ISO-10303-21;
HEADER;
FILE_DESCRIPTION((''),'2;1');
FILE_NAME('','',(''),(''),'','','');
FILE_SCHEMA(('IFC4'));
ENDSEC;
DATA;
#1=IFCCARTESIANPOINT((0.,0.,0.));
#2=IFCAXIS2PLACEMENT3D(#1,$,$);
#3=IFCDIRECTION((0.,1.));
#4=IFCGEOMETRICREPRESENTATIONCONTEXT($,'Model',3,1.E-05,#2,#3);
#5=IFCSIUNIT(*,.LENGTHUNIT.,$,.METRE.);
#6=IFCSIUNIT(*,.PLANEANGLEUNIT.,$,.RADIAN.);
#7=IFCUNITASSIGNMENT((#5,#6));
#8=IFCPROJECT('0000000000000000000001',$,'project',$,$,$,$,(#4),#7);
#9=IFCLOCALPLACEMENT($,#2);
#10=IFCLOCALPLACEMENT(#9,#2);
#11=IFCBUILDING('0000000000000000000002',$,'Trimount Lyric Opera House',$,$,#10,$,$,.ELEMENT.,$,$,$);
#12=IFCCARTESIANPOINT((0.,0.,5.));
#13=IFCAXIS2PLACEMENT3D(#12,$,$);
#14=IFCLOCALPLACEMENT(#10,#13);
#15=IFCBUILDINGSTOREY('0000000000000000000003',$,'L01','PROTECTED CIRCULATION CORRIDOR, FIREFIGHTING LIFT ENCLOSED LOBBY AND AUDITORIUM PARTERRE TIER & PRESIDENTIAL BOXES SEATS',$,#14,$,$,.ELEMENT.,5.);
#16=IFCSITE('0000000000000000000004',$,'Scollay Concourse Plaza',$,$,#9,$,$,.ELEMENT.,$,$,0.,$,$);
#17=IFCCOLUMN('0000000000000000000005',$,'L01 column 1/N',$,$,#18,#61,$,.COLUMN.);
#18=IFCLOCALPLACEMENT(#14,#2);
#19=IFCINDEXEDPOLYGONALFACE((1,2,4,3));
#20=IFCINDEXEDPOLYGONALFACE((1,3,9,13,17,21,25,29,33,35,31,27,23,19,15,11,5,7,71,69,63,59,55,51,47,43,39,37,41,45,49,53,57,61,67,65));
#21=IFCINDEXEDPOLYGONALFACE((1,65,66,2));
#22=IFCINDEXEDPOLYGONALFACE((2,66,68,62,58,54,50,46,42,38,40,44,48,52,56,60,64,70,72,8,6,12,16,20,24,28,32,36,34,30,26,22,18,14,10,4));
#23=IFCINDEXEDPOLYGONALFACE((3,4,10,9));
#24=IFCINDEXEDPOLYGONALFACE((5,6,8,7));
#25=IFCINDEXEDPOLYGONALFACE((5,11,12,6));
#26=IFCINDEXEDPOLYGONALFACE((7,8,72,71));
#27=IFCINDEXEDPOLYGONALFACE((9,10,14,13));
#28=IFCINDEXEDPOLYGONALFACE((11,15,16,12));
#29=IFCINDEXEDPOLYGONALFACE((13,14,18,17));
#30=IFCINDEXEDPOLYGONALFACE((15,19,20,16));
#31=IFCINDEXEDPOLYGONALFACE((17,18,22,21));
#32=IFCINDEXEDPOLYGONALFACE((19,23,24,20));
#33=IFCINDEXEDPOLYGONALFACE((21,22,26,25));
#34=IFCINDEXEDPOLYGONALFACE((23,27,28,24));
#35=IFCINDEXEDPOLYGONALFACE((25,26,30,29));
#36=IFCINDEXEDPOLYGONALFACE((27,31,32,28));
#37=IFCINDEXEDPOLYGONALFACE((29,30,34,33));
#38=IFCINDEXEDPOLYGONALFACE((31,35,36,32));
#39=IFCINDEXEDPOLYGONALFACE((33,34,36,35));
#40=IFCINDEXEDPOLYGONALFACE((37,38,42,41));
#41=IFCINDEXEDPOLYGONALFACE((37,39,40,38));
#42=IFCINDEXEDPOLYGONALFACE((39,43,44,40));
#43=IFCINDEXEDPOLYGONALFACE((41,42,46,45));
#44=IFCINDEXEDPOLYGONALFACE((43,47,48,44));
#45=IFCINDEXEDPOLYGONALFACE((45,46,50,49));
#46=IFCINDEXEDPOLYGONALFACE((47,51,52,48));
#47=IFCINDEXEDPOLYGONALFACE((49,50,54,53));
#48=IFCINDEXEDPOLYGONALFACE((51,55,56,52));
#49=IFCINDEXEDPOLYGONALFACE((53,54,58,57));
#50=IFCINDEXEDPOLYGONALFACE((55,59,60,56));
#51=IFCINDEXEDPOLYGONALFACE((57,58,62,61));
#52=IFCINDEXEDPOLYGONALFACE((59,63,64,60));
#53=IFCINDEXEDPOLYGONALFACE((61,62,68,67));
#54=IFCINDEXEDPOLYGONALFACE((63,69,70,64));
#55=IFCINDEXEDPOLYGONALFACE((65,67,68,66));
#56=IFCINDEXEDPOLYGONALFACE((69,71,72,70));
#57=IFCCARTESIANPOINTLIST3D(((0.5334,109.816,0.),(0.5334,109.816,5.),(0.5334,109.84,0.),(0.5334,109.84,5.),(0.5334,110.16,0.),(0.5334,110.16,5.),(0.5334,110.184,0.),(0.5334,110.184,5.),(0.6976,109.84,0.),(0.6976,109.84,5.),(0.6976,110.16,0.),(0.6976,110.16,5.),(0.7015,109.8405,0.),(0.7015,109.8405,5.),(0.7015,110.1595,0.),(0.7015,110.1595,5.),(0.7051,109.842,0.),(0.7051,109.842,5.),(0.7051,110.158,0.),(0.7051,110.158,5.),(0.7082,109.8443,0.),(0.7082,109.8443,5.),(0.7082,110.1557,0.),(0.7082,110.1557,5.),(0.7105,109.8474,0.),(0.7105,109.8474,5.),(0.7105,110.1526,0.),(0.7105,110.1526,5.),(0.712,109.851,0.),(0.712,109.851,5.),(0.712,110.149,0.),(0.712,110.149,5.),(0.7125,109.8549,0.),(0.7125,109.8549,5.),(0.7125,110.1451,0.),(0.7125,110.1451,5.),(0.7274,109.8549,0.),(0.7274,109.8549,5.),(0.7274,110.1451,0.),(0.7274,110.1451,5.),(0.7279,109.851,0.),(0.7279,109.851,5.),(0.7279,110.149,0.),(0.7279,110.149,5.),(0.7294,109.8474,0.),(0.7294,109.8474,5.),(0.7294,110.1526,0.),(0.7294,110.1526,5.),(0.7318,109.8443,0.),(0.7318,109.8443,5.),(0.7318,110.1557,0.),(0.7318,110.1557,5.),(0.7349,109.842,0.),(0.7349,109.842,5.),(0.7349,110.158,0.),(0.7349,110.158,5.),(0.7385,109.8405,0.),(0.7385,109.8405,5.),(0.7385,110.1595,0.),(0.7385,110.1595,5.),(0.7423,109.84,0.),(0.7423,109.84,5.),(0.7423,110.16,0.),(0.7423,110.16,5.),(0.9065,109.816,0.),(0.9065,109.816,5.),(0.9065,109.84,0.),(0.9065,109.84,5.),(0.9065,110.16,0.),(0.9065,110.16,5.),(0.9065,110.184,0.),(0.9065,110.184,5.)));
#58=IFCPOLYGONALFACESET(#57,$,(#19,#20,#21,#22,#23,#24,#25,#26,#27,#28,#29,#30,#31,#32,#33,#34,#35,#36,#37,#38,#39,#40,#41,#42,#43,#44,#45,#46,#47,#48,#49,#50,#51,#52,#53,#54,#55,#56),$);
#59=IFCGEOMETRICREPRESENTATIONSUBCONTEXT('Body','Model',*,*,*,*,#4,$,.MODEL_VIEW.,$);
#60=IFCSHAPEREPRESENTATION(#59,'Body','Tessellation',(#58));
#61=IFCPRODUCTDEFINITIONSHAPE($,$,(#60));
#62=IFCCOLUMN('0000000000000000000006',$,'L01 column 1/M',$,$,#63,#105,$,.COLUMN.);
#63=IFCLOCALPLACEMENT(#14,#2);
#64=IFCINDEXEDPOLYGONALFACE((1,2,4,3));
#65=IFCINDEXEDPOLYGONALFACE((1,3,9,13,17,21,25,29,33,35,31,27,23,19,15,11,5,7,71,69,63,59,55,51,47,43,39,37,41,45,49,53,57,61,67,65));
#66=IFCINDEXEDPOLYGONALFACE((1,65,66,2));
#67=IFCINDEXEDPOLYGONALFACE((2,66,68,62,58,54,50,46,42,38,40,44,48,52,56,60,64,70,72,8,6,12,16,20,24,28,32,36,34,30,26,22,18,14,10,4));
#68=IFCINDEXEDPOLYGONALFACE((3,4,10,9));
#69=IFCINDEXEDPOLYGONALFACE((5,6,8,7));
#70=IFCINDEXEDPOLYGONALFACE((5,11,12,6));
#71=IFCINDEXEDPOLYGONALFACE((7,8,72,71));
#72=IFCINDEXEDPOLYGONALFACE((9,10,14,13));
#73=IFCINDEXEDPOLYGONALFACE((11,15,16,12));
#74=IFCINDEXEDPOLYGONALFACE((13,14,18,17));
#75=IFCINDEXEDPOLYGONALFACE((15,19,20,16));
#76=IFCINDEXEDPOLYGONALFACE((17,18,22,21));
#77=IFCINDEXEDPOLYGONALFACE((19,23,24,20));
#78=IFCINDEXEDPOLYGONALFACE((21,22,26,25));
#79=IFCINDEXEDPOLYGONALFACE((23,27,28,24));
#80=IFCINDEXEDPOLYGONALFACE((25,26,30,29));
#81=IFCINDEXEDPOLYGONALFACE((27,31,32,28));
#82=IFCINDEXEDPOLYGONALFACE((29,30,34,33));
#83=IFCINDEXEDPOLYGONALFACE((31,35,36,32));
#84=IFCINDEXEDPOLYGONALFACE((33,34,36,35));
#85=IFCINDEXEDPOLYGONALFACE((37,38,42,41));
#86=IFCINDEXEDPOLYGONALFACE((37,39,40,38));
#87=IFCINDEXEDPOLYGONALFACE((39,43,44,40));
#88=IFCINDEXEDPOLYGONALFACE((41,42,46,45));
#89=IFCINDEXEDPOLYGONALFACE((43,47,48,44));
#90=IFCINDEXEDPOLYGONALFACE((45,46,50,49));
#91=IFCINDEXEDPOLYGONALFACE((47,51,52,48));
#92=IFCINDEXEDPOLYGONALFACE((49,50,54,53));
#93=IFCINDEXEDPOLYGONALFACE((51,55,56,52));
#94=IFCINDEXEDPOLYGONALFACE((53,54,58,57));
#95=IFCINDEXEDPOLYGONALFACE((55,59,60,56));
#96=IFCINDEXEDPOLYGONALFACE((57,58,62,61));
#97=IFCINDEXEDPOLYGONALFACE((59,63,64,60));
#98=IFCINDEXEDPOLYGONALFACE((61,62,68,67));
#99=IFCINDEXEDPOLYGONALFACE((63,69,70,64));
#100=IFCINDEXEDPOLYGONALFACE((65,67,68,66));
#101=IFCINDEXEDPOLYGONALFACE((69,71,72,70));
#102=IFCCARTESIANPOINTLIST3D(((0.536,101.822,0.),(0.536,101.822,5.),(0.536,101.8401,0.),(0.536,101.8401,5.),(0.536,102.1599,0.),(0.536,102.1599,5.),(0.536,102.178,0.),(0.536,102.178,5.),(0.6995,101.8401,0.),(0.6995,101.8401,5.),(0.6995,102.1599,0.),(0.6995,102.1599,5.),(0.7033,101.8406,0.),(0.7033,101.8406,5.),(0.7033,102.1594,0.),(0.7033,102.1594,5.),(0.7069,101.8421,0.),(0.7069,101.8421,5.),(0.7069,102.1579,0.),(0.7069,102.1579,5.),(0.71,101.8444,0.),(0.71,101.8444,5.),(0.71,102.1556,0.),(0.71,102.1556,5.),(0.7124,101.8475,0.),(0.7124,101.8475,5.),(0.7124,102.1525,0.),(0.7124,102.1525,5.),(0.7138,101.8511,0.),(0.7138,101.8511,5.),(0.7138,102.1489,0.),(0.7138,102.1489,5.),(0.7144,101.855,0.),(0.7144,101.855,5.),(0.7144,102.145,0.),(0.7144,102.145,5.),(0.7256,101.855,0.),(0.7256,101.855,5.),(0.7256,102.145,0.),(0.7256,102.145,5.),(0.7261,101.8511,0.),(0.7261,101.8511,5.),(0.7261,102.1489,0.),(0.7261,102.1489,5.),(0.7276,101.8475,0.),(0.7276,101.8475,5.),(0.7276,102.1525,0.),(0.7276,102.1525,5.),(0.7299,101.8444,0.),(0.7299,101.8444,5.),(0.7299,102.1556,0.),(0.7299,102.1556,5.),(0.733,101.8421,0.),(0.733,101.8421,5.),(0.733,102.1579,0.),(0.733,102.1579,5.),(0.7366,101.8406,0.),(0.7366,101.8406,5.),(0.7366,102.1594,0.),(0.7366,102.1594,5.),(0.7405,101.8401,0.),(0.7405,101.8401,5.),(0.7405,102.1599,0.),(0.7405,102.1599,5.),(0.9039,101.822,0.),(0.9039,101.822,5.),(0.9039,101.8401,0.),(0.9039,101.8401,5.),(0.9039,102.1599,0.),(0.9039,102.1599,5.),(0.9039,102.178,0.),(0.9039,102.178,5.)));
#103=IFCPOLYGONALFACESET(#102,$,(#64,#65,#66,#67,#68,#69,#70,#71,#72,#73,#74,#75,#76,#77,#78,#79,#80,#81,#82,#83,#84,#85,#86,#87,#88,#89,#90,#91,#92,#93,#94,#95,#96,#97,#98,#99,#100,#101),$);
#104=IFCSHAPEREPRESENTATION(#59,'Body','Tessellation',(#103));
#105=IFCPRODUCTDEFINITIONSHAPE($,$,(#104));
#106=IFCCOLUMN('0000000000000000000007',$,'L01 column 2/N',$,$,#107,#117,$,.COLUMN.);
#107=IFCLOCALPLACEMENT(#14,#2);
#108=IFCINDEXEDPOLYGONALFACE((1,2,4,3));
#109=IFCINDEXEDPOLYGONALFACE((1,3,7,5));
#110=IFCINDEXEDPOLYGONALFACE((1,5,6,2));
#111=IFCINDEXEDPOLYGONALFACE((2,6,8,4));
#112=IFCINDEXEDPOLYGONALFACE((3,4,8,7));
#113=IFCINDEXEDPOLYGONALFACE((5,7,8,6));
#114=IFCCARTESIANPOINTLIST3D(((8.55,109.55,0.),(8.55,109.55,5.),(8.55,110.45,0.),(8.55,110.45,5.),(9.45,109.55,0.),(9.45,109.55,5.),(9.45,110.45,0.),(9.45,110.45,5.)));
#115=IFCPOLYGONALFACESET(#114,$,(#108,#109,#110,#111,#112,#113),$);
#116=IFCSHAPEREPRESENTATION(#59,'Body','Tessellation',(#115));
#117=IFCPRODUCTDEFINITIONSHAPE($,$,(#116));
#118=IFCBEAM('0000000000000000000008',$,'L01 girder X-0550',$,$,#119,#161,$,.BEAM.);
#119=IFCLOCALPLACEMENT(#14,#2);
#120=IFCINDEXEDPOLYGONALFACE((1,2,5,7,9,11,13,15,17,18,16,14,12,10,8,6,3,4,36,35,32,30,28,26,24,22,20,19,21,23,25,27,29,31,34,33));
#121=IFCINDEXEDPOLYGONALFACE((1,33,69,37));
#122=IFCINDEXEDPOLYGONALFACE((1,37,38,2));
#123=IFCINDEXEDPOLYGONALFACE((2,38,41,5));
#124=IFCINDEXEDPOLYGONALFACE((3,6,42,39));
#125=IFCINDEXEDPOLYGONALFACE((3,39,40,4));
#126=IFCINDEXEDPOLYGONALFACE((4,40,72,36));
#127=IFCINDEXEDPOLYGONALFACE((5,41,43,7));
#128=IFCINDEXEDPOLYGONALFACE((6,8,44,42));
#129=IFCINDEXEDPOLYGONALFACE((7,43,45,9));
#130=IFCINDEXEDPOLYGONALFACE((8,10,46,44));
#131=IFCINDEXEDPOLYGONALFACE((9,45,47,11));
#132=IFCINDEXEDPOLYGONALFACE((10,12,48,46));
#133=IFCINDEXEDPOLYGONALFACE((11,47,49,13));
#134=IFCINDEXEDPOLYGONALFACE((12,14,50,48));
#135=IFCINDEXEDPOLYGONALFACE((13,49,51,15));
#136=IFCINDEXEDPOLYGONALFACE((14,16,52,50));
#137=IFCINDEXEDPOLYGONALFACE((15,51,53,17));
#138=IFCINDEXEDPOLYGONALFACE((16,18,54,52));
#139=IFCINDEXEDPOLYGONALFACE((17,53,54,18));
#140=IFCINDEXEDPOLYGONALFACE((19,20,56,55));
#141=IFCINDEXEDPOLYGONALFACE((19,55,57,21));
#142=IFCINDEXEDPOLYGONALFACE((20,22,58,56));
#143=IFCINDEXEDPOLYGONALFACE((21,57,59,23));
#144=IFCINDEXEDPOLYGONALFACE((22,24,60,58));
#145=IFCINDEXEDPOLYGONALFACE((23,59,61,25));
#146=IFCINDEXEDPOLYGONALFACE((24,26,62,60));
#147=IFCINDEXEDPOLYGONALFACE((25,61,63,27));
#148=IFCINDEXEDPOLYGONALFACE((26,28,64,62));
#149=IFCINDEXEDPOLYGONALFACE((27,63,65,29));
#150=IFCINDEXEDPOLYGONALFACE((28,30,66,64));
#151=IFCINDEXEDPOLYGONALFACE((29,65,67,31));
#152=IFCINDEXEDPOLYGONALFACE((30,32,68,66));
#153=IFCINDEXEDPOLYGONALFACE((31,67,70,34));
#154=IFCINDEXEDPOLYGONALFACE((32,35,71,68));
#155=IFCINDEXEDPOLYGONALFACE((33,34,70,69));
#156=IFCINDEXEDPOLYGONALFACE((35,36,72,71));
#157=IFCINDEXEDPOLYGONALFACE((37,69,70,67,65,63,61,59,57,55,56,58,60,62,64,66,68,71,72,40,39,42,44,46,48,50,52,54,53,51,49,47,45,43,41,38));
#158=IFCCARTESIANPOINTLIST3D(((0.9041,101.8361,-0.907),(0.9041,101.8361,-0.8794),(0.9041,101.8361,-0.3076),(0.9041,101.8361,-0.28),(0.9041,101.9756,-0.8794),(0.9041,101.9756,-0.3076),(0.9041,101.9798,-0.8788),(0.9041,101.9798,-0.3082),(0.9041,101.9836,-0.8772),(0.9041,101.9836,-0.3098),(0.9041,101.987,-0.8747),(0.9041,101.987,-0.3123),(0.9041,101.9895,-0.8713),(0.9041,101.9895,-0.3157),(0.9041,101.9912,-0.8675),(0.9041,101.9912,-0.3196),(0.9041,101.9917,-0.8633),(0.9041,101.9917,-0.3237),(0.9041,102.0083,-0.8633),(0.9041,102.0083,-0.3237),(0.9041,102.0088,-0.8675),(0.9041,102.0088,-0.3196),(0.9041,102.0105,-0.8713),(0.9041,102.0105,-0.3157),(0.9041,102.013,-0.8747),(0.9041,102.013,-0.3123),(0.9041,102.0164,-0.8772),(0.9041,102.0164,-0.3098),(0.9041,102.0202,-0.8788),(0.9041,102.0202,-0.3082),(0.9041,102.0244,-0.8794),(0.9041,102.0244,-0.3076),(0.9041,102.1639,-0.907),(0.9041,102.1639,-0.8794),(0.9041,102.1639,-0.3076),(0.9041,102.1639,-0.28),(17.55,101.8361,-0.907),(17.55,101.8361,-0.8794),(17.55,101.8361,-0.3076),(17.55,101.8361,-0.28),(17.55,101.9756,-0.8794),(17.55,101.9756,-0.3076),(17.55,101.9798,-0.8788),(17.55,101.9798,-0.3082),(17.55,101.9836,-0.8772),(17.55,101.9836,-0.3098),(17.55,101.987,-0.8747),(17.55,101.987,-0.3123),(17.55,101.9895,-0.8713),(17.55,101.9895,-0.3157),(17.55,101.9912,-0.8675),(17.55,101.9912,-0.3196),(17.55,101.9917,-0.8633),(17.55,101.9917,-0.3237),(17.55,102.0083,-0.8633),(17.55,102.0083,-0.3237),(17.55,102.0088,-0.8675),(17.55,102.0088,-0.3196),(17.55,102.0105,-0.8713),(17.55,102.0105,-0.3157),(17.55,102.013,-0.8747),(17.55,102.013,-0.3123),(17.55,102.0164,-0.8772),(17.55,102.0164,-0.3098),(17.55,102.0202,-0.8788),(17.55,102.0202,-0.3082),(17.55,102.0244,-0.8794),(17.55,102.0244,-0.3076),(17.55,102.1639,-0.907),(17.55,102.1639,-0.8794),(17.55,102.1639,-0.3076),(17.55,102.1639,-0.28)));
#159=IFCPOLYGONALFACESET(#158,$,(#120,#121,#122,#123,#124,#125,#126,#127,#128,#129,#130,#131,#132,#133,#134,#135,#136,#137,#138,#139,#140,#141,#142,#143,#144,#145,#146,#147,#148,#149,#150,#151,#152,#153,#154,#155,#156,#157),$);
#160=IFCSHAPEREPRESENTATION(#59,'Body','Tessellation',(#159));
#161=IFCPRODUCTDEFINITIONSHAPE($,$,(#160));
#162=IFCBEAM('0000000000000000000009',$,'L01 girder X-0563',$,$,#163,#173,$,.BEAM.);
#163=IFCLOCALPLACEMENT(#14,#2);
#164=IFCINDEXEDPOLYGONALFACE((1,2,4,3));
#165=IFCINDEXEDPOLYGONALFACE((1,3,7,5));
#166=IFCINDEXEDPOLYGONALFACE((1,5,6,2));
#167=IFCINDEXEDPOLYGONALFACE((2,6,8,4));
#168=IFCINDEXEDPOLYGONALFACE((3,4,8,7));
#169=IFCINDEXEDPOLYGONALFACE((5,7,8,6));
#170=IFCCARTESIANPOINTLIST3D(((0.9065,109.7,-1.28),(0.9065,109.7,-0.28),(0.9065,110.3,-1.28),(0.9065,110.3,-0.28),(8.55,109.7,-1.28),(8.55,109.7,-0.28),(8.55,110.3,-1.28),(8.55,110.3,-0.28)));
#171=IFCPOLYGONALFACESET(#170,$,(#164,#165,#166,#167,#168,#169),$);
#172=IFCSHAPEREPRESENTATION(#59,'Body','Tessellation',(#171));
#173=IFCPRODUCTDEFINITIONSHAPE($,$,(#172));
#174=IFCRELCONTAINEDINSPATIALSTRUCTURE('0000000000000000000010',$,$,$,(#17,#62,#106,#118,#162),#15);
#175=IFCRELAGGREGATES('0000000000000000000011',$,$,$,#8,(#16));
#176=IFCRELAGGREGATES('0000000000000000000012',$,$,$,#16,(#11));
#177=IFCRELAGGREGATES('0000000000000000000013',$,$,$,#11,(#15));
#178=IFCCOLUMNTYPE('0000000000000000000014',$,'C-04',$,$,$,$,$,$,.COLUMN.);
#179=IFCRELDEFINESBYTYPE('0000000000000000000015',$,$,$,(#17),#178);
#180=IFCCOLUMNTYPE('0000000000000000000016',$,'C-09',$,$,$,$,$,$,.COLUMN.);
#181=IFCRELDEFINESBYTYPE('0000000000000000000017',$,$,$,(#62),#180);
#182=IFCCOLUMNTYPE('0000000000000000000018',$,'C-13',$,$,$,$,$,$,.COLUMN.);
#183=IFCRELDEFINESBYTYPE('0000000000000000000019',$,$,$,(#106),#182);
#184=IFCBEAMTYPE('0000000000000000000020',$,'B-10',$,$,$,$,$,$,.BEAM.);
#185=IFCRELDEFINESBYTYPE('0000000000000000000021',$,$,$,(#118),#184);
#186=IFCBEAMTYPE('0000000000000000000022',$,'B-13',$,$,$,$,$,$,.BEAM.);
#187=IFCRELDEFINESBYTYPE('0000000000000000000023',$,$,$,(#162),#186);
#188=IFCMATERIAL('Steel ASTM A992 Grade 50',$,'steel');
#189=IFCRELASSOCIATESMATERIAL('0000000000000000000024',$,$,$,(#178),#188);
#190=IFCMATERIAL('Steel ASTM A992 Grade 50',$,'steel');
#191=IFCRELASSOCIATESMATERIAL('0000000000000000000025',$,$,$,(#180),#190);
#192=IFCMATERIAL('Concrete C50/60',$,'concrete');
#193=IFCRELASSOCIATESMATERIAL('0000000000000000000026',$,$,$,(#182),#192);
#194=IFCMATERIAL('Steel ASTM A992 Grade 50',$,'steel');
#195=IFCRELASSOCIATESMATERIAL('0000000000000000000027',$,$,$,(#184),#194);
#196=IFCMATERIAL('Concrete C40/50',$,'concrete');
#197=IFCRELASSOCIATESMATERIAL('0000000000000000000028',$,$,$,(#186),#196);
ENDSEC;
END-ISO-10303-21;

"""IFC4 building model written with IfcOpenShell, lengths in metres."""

from ifc_helpers import new_model, si_unit, direction, frame, origin, origin_2d, place, context, subcontext, project, spatial, rectangle, i_section, extrude, material, material_profile, profile_set, type_object, element, save


model = new_model("IFC4")

# Units and contexts
model_context = context("Model", 3, precision=1e-05, world=origin(), true_north=direction((0.0, 1.0)))
body_context = subcontext(model_context, "Body", "Model", "MODEL_VIEW")
ifc_project = project(units=[si_unit("LENGTHUNIT", "METRE"), si_unit("PLANEANGLEUNIT", "RADIAN")], contexts=[model_context])

# Site, building, storey
site_placement = place(None, origin())
site = spatial("IfcSite", under=ifc_project, at=site_placement, Name="Scollay Concourse Plaza", CompositionType="ELEMENT", RefElevation=0.0)
building_placement = place(site_placement, origin())
building = spatial("IfcBuilding", under=site, at=building_placement, Name="Trimount Lyric Opera House", CompositionType="ELEMENT")
storey_placement = place(building_placement, frame((0.0, 0.0, 5.0)))
storey = spatial("IfcBuildingStorey", under=building, at=storey_placement, Name="L01", Description="PROTECTED CIRCULATION CORRIDOR, FIREFIGHTING LIFT ENCLOSED LOBBY AND AUDITORIUM PARTERRE TIER & PRESIDENTIAL BOXES SEATS", CompositionType="ELEMENT", Elevation=5.0)

# Columns
ifc_material_1 = material(Name="Steel ASTM A992 Grade 50", Category="steel")
ifc_material_profile_1 = material_profile(ifc_material_1, i_section(OverallWidth=0.373, OverallDepth=0.3679, WebThickness=0.0149, FlangeThickness=0.0239, FilletRadius=0.0149, at=origin_2d()), Name="W14X120")
ifc_profile_set_1 = profile_set([ifc_material_profile_1], Name="Steel ASTM A992 Grade 50")
column_type_1 = type_object("IfcColumnType", Name="C-04", PredefinedType="COLUMN", material=ifc_profile_set_1)
column_1_placement = place(storey_placement, frame((0.72, 110.0, 0.0), z_axis=(0.0, 0.0, 1.0), x_axis=(1.0, 0.0, 0.0)))
element("IfcColumn", 1, at=column_1_placement, inside=storey, type_object=column_type_1, Name="L01 column 1/N", PredefinedType="COLUMN", context=body_context, shape_type="SweptSolid", body=[
    extrude(i_section(OverallWidth=0.373, OverallDepth=0.3679, WebThickness=0.0149, FlangeThickness=0.0239, FilletRadius=0.0149, at=origin_2d()), origin(), (0.0, 0.0, 1.0), 5.0),
])
ifc_material_2 = material(Name="Steel ASTM A992 Grade 50", Category="steel")
ifc_material_profile_2 = material_profile(ifc_material_2, i_section(OverallWidth=0.3679, OverallDepth=0.356, WebThickness=0.0112, FlangeThickness=0.0181, FilletRadius=0.0149, at=origin_2d()), Name="W14X90")
ifc_profile_set_2 = profile_set([ifc_material_profile_2], Name="Steel ASTM A992 Grade 50")
column_type_2 = type_object("IfcColumnType", Name="C-09", PredefinedType="COLUMN", material=ifc_profile_set_2)
column_2_placement = place(storey_placement, frame((0.72, 102.0, 0.0), z_axis=(0.0, 0.0, 1.0), x_axis=(1.0, 0.0, 0.0)))
element("IfcColumn", 2, at=column_2_placement, inside=storey, type_object=column_type_2, Name="L01 column 1/M", PredefinedType="COLUMN", context=body_context, shape_type="SweptSolid", body=[
    extrude(i_section(OverallWidth=0.3679, OverallDepth=0.356, WebThickness=0.0112, FlangeThickness=0.0181, FilletRadius=0.0149, at=origin_2d()), origin(), (0.0, 0.0, 1.0), 5.0),
])
ifc_material_3 = material(Name="Concrete C50/60", Category="concrete")
ifc_material_profile_3 = material_profile(ifc_material_3, rectangle(XDim=0.8999, YDim=0.8999, at=origin_2d()), Name="RC900X900")
ifc_profile_set_3 = profile_set([ifc_material_profile_3], Name="Concrete C50/60")
column_type_3 = type_object("IfcColumnType", Name="C-13", PredefinedType="COLUMN", material=ifc_profile_set_3)
column_3_placement = place(storey_placement, frame((9.0, 110.0, 0.0), z_axis=(0.0, 0.0, 1.0), x_axis=(1.0, 0.0, 0.0)))
element("IfcColumn", 3, at=column_3_placement, inside=storey, type_object=column_type_3, Name="L01 column 2/N", PredefinedType="COLUMN", context=body_context, shape_type="SweptSolid", body=[
    extrude(rectangle(XDim=0.8999, YDim=0.8999, at=origin_2d()), origin(), (0.0, 0.0, 1.0), 5.0),
])

# Beams
ifc_material_4 = material(Name="Steel ASTM A992 Grade 50", Category="steel")
ifc_material_profile_4 = material_profile(ifc_material_4, i_section(OverallWidth=0.3279, OverallDepth=0.627, WebThickness=0.0166, FlangeThickness=0.0276, FilletRadius=0.0161, at=origin_2d()), Name="W24X146")
ifc_profile_set_4 = profile_set([ifc_material_profile_4], Name="Steel ASTM A992 Grade 50")
beam_type_1 = type_object("IfcBeamType", Name="B-10", PredefinedType="BEAM", material=ifc_profile_set_4)
beam_1_placement = place(storey_placement, frame((0.9041, 102.0, -0.5935), z_axis=(1.0, 0.0, 0.0), x_axis=(0.0, 1.0, 0.0)))
element("IfcBeam", 4, at=beam_1_placement, inside=storey, type_object=beam_type_1, Name="L01 girder X-0550", PredefinedType="BEAM", context=body_context, shape_type="SweptSolid", body=[
    extrude(i_section(OverallWidth=0.3279, OverallDepth=0.627, WebThickness=0.0166, FlangeThickness=0.0276, FilletRadius=0.0161, at=origin_2d()), origin(), (0.0, 0.0, 1.0), 16.646),
])
ifc_material_5 = material(Name="Concrete C40/50", Category="concrete")
ifc_material_profile_5 = material_profile(ifc_material_5, rectangle(XDim=0.6001, YDim=1.0, at=origin_2d()), Name="RC600X1000")
ifc_profile_set_5 = profile_set([ifc_material_profile_5], Name="Concrete C40/50")
beam_type_2 = type_object("IfcBeamType", Name="B-13", PredefinedType="BEAM", material=ifc_profile_set_5)
beam_2_placement = place(storey_placement, frame((0.9065, 110.0, -0.78), z_axis=(1.0, 0.0, 0.0), x_axis=(0.0, 1.0, 0.0)))
element("IfcBeam", 5, at=beam_2_placement, inside=storey, type_object=beam_type_2, Name="L01 girder X-0563", PredefinedType="BEAM", context=body_context, shape_type="SweptSolid", body=[
    extrude(rectangle(XDim=0.6001, YDim=1.0, at=origin_2d()), origin(), (0.0, 0.0, 1.0), 7.6436),
])

save(model, "model.ifc")
